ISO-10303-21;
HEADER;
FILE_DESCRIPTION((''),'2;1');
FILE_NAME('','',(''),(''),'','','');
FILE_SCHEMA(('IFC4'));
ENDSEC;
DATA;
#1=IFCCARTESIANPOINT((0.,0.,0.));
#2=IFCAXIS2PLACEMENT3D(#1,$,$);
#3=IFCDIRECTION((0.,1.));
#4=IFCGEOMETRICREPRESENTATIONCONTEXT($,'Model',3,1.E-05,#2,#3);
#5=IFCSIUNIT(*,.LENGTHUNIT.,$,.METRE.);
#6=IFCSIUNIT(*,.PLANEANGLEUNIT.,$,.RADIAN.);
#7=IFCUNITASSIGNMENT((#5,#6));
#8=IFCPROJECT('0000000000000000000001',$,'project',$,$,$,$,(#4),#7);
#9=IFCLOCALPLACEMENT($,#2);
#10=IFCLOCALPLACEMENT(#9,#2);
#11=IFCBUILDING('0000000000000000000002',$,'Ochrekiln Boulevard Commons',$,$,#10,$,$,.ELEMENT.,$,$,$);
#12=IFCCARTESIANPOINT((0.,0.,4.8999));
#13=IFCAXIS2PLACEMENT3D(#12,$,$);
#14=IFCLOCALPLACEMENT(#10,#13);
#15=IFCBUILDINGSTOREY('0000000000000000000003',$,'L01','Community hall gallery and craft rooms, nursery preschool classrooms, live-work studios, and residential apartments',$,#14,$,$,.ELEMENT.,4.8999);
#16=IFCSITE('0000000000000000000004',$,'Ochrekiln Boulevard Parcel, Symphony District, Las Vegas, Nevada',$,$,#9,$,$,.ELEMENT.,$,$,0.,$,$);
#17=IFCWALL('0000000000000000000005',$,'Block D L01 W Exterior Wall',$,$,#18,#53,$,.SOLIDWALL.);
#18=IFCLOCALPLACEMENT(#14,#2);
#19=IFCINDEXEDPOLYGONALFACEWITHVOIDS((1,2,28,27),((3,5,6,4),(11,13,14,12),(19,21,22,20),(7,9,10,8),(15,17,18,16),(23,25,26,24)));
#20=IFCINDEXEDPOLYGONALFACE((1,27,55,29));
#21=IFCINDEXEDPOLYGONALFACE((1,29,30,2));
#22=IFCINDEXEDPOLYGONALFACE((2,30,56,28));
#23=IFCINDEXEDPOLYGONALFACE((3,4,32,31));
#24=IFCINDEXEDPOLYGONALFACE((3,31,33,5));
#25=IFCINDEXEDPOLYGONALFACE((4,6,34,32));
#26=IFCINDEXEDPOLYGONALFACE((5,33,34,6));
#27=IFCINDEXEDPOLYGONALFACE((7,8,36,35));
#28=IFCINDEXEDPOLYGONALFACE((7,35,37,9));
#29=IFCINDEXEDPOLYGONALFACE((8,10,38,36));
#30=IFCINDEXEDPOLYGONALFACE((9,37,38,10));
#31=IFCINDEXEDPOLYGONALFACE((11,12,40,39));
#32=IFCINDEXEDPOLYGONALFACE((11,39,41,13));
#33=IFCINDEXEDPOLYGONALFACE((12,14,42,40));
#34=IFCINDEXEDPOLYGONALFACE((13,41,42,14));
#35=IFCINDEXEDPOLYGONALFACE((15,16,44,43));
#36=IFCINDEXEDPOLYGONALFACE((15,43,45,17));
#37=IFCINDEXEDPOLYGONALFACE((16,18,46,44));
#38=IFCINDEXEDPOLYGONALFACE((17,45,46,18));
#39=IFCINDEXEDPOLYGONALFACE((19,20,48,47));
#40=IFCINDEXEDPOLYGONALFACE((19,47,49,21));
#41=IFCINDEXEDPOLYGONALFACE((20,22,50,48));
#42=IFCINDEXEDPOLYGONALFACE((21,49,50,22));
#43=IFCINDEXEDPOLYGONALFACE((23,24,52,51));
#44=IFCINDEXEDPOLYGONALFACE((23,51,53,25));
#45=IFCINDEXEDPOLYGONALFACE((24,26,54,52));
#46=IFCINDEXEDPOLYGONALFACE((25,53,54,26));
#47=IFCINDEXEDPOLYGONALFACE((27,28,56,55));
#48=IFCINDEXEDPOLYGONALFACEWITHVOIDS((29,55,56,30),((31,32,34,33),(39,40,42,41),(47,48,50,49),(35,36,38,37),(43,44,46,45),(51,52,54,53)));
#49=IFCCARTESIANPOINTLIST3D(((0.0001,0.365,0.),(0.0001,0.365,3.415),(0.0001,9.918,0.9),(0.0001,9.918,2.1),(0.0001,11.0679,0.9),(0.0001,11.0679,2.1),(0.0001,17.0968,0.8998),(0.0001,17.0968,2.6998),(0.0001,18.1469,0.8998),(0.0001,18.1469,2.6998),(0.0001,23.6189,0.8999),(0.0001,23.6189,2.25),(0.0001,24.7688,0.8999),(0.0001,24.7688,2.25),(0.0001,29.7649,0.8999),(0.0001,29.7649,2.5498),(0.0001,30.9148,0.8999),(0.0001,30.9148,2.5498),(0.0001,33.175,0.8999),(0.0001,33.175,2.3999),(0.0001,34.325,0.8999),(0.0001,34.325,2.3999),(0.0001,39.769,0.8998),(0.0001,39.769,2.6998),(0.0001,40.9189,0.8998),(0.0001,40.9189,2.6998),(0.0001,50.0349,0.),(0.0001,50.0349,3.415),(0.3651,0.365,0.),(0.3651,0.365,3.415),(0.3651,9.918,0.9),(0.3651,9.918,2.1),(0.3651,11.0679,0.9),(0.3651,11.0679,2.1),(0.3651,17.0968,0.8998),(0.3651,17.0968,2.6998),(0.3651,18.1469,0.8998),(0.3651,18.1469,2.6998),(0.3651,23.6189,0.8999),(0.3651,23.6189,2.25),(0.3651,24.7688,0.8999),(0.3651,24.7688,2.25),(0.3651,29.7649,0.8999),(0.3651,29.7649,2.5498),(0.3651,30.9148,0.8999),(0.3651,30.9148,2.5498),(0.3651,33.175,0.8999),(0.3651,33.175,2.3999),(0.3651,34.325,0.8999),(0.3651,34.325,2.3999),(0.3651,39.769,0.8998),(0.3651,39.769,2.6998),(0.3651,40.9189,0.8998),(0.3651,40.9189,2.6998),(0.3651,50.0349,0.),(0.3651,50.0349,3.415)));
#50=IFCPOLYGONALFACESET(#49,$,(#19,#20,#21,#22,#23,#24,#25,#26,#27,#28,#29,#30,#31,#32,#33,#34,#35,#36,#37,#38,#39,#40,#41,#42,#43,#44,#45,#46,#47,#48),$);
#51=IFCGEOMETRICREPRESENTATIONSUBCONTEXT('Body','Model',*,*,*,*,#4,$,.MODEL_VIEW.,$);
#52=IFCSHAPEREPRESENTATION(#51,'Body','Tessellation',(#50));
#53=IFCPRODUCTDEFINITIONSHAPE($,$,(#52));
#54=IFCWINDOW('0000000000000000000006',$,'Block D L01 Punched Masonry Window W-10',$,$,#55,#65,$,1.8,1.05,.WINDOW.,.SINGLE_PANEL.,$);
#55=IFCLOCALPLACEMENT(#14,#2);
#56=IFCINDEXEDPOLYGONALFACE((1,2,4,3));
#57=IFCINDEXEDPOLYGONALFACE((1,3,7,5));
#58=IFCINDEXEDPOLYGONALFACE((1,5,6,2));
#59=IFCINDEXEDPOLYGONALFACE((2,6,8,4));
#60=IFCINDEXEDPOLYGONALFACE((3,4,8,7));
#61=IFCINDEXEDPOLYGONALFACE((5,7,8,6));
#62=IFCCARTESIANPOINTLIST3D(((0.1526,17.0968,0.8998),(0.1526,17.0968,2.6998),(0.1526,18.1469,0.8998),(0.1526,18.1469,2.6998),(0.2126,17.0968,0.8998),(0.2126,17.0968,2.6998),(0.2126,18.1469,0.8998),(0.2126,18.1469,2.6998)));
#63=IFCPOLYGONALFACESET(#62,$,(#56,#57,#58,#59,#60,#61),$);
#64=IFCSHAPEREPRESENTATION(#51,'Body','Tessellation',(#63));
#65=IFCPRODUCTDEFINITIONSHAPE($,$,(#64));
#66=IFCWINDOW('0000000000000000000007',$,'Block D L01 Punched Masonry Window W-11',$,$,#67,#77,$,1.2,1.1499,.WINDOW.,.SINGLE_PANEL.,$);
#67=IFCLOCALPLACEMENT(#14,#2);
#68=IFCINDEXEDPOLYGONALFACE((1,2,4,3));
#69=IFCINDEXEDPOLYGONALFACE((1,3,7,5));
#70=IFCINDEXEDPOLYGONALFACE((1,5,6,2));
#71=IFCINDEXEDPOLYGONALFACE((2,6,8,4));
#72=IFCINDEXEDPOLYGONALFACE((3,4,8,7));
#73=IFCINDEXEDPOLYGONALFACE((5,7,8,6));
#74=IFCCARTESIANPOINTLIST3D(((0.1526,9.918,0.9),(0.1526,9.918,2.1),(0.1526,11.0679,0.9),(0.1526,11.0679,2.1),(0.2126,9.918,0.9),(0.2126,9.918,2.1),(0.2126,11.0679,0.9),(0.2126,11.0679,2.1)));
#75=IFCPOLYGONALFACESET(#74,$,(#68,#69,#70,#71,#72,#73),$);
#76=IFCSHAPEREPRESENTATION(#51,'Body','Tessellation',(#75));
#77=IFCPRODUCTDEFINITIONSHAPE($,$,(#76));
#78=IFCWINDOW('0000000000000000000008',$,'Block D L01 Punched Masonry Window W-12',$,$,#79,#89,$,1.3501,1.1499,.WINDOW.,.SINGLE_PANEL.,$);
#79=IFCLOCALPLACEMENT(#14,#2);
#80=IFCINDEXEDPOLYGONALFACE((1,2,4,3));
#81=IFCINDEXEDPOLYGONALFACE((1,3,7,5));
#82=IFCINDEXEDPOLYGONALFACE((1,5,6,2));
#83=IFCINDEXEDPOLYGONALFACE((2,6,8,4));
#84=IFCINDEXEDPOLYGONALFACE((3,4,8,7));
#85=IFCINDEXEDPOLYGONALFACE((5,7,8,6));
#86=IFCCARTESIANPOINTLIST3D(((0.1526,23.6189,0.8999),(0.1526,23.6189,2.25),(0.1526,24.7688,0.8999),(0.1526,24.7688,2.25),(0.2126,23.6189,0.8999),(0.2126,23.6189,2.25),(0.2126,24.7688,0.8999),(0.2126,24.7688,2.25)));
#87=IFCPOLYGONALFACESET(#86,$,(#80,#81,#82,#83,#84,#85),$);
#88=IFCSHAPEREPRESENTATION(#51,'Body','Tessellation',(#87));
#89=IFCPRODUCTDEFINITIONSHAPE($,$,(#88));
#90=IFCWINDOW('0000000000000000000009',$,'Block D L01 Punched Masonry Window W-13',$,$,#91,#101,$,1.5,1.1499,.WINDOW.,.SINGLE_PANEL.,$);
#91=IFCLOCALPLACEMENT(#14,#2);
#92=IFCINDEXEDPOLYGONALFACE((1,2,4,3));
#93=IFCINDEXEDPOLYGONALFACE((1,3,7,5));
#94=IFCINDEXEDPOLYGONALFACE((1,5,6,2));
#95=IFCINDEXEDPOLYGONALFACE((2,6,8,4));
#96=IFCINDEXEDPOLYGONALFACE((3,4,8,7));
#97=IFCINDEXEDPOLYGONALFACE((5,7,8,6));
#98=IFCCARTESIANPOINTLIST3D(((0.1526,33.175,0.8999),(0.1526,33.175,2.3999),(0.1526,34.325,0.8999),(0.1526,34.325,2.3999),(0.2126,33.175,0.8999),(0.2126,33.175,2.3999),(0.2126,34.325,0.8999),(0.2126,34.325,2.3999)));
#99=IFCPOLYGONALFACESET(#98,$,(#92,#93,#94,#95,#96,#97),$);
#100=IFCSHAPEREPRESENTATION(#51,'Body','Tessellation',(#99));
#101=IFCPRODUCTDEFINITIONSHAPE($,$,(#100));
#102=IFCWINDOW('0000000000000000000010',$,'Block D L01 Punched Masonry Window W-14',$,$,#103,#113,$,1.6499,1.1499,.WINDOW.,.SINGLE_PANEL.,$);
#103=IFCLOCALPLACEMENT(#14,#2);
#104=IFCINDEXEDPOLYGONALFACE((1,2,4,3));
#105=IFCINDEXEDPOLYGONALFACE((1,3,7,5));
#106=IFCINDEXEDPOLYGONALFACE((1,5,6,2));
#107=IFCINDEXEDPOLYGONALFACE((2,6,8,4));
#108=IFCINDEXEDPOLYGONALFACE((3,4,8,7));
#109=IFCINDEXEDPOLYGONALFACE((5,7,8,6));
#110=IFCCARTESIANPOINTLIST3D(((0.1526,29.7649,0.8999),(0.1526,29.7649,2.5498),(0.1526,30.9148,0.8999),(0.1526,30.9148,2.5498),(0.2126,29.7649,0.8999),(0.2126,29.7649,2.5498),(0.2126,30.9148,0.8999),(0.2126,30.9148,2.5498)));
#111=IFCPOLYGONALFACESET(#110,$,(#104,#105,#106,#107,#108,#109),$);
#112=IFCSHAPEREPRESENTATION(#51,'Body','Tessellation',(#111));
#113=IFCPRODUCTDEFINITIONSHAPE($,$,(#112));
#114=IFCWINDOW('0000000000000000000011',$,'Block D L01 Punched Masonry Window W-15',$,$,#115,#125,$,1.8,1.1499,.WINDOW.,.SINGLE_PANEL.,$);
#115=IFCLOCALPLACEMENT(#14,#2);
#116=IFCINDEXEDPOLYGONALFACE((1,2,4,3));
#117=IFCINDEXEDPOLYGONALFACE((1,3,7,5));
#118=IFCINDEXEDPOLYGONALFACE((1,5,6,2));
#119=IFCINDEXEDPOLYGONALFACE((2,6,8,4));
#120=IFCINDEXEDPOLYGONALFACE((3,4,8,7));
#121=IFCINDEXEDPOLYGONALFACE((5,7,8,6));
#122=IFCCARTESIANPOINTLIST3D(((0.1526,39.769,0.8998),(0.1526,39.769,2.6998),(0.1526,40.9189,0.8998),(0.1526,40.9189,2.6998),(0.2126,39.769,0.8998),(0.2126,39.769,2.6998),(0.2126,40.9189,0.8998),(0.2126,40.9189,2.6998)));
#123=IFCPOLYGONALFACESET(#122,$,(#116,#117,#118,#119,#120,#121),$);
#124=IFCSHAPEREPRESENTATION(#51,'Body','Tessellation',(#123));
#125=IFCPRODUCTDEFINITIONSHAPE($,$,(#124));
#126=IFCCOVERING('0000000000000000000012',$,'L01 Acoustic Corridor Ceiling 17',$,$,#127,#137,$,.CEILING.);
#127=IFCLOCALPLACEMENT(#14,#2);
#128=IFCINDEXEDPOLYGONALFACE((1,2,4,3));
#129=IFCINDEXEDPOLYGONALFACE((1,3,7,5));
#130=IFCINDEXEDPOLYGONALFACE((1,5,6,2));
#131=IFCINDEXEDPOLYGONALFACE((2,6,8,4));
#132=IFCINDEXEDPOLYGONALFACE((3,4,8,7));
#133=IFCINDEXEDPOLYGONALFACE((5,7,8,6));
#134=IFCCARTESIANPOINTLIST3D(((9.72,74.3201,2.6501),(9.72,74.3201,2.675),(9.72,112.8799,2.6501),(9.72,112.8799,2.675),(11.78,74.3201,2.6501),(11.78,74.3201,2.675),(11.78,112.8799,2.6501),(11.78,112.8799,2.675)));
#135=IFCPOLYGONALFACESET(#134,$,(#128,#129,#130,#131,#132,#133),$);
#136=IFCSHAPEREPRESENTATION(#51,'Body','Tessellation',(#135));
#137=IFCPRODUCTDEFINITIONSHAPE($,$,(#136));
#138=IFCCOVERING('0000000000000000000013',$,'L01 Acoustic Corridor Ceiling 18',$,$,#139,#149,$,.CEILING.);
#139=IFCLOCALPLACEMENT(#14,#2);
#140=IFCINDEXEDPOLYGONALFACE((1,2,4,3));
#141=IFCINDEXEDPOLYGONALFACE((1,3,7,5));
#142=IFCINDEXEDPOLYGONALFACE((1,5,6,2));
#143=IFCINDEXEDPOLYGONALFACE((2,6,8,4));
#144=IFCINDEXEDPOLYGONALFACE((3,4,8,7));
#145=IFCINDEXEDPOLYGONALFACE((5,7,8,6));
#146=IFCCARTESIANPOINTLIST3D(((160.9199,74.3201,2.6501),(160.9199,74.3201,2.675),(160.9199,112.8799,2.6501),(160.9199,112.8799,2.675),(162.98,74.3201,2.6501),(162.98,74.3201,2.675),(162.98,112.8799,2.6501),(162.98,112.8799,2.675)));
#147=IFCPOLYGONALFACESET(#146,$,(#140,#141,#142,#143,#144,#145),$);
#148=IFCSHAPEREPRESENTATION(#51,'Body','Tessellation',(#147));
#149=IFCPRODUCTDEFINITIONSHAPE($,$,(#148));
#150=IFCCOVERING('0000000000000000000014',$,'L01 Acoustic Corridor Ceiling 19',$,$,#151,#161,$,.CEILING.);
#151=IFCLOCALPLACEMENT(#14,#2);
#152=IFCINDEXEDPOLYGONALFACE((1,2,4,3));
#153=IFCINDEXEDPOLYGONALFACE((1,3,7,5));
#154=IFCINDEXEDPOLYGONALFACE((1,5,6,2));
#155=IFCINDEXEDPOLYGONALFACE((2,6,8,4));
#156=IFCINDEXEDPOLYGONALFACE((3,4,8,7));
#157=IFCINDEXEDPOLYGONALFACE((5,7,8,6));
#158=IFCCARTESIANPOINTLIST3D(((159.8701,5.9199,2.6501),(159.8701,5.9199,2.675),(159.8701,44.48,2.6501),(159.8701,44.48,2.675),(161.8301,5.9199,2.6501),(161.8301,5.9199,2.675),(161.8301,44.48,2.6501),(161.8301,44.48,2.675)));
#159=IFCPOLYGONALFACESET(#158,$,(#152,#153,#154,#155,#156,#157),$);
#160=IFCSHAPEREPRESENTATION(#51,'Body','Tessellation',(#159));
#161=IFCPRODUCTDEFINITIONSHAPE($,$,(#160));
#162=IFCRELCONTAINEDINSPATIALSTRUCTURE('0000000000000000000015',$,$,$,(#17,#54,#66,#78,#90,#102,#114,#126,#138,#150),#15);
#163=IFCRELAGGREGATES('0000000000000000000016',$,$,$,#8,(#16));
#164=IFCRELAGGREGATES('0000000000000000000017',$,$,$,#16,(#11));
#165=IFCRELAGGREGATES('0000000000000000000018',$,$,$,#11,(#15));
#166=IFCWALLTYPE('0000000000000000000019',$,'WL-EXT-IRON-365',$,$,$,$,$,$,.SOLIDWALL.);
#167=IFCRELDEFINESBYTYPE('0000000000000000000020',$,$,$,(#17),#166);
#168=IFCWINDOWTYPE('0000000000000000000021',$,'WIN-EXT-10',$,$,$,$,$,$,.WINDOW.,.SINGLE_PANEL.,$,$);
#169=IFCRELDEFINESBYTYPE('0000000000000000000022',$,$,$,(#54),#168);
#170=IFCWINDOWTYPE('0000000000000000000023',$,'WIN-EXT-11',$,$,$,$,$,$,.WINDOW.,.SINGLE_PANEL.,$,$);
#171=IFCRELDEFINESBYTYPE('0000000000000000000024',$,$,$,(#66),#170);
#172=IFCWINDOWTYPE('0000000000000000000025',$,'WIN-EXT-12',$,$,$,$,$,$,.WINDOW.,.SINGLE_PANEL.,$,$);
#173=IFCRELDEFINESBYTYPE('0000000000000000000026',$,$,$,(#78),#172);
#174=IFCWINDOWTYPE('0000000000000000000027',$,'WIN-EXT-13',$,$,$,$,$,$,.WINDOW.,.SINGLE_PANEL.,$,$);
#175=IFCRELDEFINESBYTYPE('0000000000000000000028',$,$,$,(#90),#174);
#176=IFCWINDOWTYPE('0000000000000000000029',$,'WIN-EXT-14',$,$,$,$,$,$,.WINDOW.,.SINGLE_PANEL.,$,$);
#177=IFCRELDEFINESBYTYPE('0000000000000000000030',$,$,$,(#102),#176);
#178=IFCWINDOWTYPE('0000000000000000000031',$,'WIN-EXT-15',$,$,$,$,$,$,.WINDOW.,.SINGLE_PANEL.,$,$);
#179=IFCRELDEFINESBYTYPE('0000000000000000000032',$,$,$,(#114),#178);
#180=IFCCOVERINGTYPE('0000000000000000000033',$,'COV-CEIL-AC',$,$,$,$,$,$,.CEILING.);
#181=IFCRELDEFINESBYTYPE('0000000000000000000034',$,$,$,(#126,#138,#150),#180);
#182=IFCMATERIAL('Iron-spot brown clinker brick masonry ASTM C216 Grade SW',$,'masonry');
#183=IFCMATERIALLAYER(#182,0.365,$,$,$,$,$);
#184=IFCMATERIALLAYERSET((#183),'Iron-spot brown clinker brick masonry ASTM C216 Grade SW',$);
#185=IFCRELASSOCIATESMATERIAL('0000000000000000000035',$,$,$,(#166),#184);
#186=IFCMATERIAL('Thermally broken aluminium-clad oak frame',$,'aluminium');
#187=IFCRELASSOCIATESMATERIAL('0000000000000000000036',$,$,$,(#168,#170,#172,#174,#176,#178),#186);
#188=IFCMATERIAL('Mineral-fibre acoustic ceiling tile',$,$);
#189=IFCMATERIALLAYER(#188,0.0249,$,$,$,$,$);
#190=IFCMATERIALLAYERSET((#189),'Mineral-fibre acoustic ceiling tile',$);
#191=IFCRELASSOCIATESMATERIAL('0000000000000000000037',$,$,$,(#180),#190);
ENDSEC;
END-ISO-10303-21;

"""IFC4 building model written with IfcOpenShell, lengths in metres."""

from ifc_helpers import new_model, si_unit, direction, frame, frame_2d, origin, place, context, subcontext, project, spatial, polyline, rectangle, outline, extrude, material, layer, layer_set, type_object, element, fill, save


model = new_model("IFC4")

# Units and contexts
model_context = context("Model", 3, precision=1e-05, world=origin(), true_north=direction((0.0, 1.0)))
body_context = subcontext(model_context, "Body", "Model", "MODEL_VIEW")
ifc_project = project(units=[si_unit("LENGTHUNIT", "METRE"), si_unit("PLANEANGLEUNIT", "RADIAN")], contexts=[model_context])

# Site, building, storey
site_placement = place(None, origin())
site = spatial("IfcSite", under=ifc_project, at=site_placement, Name="Ochrekiln Boulevard Parcel, Symphony District, Las Vegas, Nevada", CompositionType="ELEMENT", RefElevation=0.0)
building_placement = place(site_placement, origin())
building = spatial("IfcBuilding", under=site, at=building_placement, Name="Ochrekiln Boulevard Commons", CompositionType="ELEMENT")
storey_placement = place(building_placement, frame((0.0, 0.0, 4.8999)))
storey = spatial("IfcBuildingStorey", under=building, at=storey_placement, Name="L01", Description="Community hall gallery and craft rooms, nursery preschool classrooms, live-work studios, and residential apartments", CompositionType="ELEMENT", Elevation=4.8999)

# Shared definitions
ifc_material_1 = material(Name="Iron-spot brown clinker brick masonry ASTM C216 Grade SW", Category="masonry")
ifc_layer_1 = layer(ifc_material_1, 0.365)
ifc_layer_set_1 = layer_set([ifc_layer_1], Name="Iron-spot brown clinker brick masonry ASTM C216 Grade SW")
wall_type = type_object("IfcWallType", Name="WL-EXT-IRON-365", PredefinedType="SOLIDWALL", material=ifc_layer_set_1)

# Wall, openings, windows
wall_1_placement = place(storey_placement, frame((0.1826, 0.365, 0.0), z_axis=(0.0, 0.0, 1.0), x_axis=(0.0, 1.0, 0.0)))
wall_1 = element("IfcWall", 1, at=wall_1_placement, inside=storey, type_object=wall_type, Name="Block D L01 W Exterior Wall", PredefinedType="SOLIDWALL", context=body_context, shape_type="SweptSolid", body=[
    extrude(rectangle(XDim=49.6699, YDim=0.365, at=frame_2d((24.835, 0.0))), origin(), (0.0, 0.0, 1.0), 3.415),
])
opening_1_placement = place(wall_1_placement, frame((16.7319, 0.0, 0.8999)))
opening_1 = element("IfcOpeningElement", 2, at=opening_1_placement, cuts=wall_1, PredefinedType="OPENING", context=body_context, shape_type="SweptSolid", body=[
    extrude(rectangle(XDim=1.05, YDim=1.8, at=frame_2d((0.5249, 0.8999))), frame((0.0, 0.1924, 0.0), z_axis=(0.0, -1.0, 0.0), x_axis=(1.0, 0.0, 0.0)), (0.0, 0.0, 1.0), 0.385),
])
opening_2_placement = place(wall_1_placement, frame((9.553, 0.0, 0.8999)))
opening_2 = element("IfcOpeningElement", 3, at=opening_2_placement, cuts=wall_1, PredefinedType="OPENING", context=body_context, shape_type="SweptSolid", body=[
    extrude(rectangle(XDim=1.1499, YDim=1.2, at=frame_2d((0.575, 0.6001))), frame((0.0, 0.1924, 0.0), z_axis=(0.0, -1.0, 0.0), x_axis=(1.0, 0.0, 0.0)), (0.0, 0.0, 1.0), 0.385),
])
opening_3_placement = place(wall_1_placement, frame((23.2539, 0.0, 0.8999)))
opening_3 = element("IfcOpeningElement", 4, at=opening_3_placement, cuts=wall_1, PredefinedType="OPENING", context=body_context, shape_type="SweptSolid", body=[
    extrude(rectangle(XDim=1.1499, YDim=1.3501, at=frame_2d((0.575, 0.675))), frame((0.0, 0.1924, 0.0), z_axis=(0.0, -1.0, 0.0), x_axis=(1.0, 0.0, 0.0)), (0.0, 0.0, 1.0), 0.385),
])
opening_4_placement = place(wall_1_placement, frame((32.8101, 0.0, 0.8999)))
opening_4 = element("IfcOpeningElement", 5, at=opening_4_placement, cuts=wall_1, PredefinedType="OPENING", context=body_context, shape_type="SweptSolid", body=[
    extrude(rectangle(XDim=1.1499, YDim=1.5, at=frame_2d((0.575, 0.75))), frame((0.0, 0.1924, 0.0), z_axis=(0.0, -1.0, 0.0), x_axis=(1.0, 0.0, 0.0)), (0.0, 0.0, 1.0), 0.385),
])
opening_5_placement = place(wall_1_placement, frame((29.3999, 0.0, 0.8999)))
opening_5 = element("IfcOpeningElement", 6, at=opening_5_placement, cuts=wall_1, PredefinedType="OPENING", context=body_context, shape_type="SweptSolid", body=[
    extrude(rectangle(XDim=1.1499, YDim=1.6499, at=frame_2d((0.575, 0.825))), frame((0.0, 0.1924, 0.0), z_axis=(0.0, -1.0, 0.0), x_axis=(1.0, 0.0, 0.0)), (0.0, 0.0, 1.0), 0.385),
])
opening_6_placement = place(wall_1_placement, frame((39.4041, 0.0, 0.8999)))
opening_6 = element("IfcOpeningElement", 7, at=opening_6_placement, cuts=wall_1, PredefinedType="OPENING", context=body_context, shape_type="SweptSolid", body=[
    extrude(rectangle(XDim=1.1499, YDim=1.8, at=frame_2d((0.575, 0.8999))), frame((0.0, 0.1924, 0.0), z_axis=(0.0, -1.0, 0.0), x_axis=(1.0, 0.0, 0.0)), (0.0, 0.0, 1.0), 0.385),
])
ifc_material_2 = material(Name="Thermally broken aluminium-clad oak frame", Category="aluminium")
window_type_1 = type_object("IfcWindowType", Name="WIN-EXT-10", PartitioningType="SINGLE_PANEL", PredefinedType="WINDOW", material=ifc_material_2)
window_1_placement = place(opening_1_placement, origin())
window_1 = element("IfcWindow", 8, at=window_1_placement, inside=storey, type_object=window_type_1, Name="Block D L01 Punched Masonry Window W-10", OverallHeight=1.8, OverallWidth=1.05, PartitioningType="SINGLE_PANEL", PredefinedType="WINDOW", context=body_context, shape_type="SweptSolid", body=[
    extrude(rectangle(XDim=1.05, YDim=1.8, at=frame_2d((0.5249, 0.8999))), frame((0.0, 0.03, 0.0), z_axis=(0.0, -1.0, 0.0), x_axis=(1.0, 0.0, 0.0)), (0.0, 0.0, 1.0), 0.0601),
])
fill(opening_1, window_1)
window_type_2 = type_object("IfcWindowType", Name="WIN-EXT-11", PartitioningType="SINGLE_PANEL", PredefinedType="WINDOW", material=ifc_material_2)
window_2_placement = place(opening_2_placement, origin())
window_2 = element("IfcWindow", 9, at=window_2_placement, inside=storey, type_object=window_type_2, Name="Block D L01 Punched Masonry Window W-11", OverallHeight=1.2, OverallWidth=1.1499, PartitioningType="SINGLE_PANEL", PredefinedType="WINDOW", context=body_context, shape_type="SweptSolid", body=[
    extrude(rectangle(XDim=1.1499, YDim=1.2, at=frame_2d((0.575, 0.6001))), frame((0.0, 0.03, 0.0), z_axis=(0.0, -1.0, 0.0), x_axis=(1.0, 0.0, 0.0)), (0.0, 0.0, 1.0), 0.0601),
])
fill(opening_2, window_2)
window_type_3 = type_object("IfcWindowType", Name="WIN-EXT-12", PartitioningType="SINGLE_PANEL", PredefinedType="WINDOW", material=ifc_material_2)
window_3_placement = place(opening_3_placement, origin())
window_3 = element("IfcWindow", 10, at=window_3_placement, inside=storey, type_object=window_type_3, Name="Block D L01 Punched Masonry Window W-12", OverallHeight=1.3501, OverallWidth=1.1499, PartitioningType="SINGLE_PANEL", PredefinedType="WINDOW", context=body_context, shape_type="SweptSolid", body=[
    extrude(rectangle(XDim=1.1499, YDim=1.3501, at=frame_2d((0.575, 0.675))), frame((0.0, 0.03, 0.0), z_axis=(0.0, -1.0, 0.0), x_axis=(1.0, 0.0, 0.0)), (0.0, 0.0, 1.0), 0.0601),
])
fill(opening_3, window_3)
window_type_4 = type_object("IfcWindowType", Name="WIN-EXT-13", PartitioningType="SINGLE_PANEL", PredefinedType="WINDOW", material=ifc_material_2)
window_4_placement = place(opening_4_placement, origin())
window_4 = element("IfcWindow", 11, at=window_4_placement, inside=storey, type_object=window_type_4, Name="Block D L01 Punched Masonry Window W-13", OverallHeight=1.5, OverallWidth=1.1499, PartitioningType="SINGLE_PANEL", PredefinedType="WINDOW", context=body_context, shape_type="SweptSolid", body=[
    extrude(rectangle(XDim=1.1499, YDim=1.5, at=frame_2d((0.575, 0.75))), frame((0.0, 0.03, 0.0), z_axis=(0.0, -1.0, 0.0), x_axis=(1.0, 0.0, 0.0)), (0.0, 0.0, 1.0), 0.0601),
])
fill(opening_4, window_4)
window_type_5 = type_object("IfcWindowType", Name="WIN-EXT-14", PartitioningType="SINGLE_PANEL", PredefinedType="WINDOW", material=ifc_material_2)
window_5_placement = place(opening_5_placement, origin())
window_5 = element("IfcWindow", 12, at=window_5_placement, inside=storey, type_object=window_type_5, Name="Block D L01 Punched Masonry Window W-14", OverallHeight=1.6499, OverallWidth=1.1499, PartitioningType="SINGLE_PANEL", PredefinedType="WINDOW", context=body_context, shape_type="SweptSolid", body=[
    extrude(rectangle(XDim=1.1499, YDim=1.6499, at=frame_2d((0.575, 0.825))), frame((0.0, 0.03, 0.0), z_axis=(0.0, -1.0, 0.0), x_axis=(1.0, 0.0, 0.0)), (0.0, 0.0, 1.0), 0.0601),
])
fill(opening_5, window_5)
window_type_6 = type_object("IfcWindowType", Name="WIN-EXT-15", PartitioningType="SINGLE_PANEL", PredefinedType="WINDOW", material=ifc_material_2)
window_6_placement = place(opening_6_placement, origin())
window_6 = element("IfcWindow", 13, at=window_6_placement, inside=storey, type_object=window_type_6, Name="Block D L01 Punched Masonry Window W-15", OverallHeight=1.8, OverallWidth=1.1499, PartitioningType="SINGLE_PANEL", PredefinedType="WINDOW", context=body_context, shape_type="SweptSolid", body=[
    extrude(rectangle(XDim=1.1499, YDim=1.8, at=frame_2d((0.575, 0.8999))), frame((0.0, 0.03, 0.0), z_axis=(0.0, -1.0, 0.0), x_axis=(1.0, 0.0, 0.0)), (0.0, 0.0, 1.0), 0.0601),
])
fill(opening_6, window_6)

# Coverings
ifc_material_3 = material(Name="Mineral-fibre acoustic ceiling tile")
ifc_layer_2 = layer(ifc_material_3, 0.0249)
ifc_layer_set_2 = layer_set([ifc_layer_2], Name="Mineral-fibre acoustic ceiling tile")
covering_type = type_object("IfcCoveringType", Name="COV-CEIL-AC", PredefinedType="CEILING", material=ifc_layer_set_2)
covering_1_placement = place(storey_placement, frame((0.0, 0.0, 2.6501)))
element("IfcCovering", 14, at=covering_1_placement, inside=storey, type_object=covering_type, Name="L01 Acoustic Corridor Ceiling 17", PredefinedType="CEILING", context=body_context, shape_type="SweptSolid", body=[
    extrude(outline(polyline([(9.72, 74.3201), (11.78, 74.3201), (11.78, 112.8799), (9.72, 112.8799), (9.72, 74.3201)])), origin(), (0.0, 0.0, 1.0), 0.0249),
])
covering_2_placement = place(storey_placement, frame((0.0, 0.0, 2.6501)))
element("IfcCovering", 15, at=covering_2_placement, inside=storey, type_object=covering_type, Name="L01 Acoustic Corridor Ceiling 18", PredefinedType="CEILING", context=body_context, shape_type="SweptSolid", body=[
    extrude(outline(polyline([(160.9199, 74.3201), (162.98, 74.3201), (162.98, 112.8799), (160.9199, 112.8799), (160.9199, 74.3201)])), origin(), (0.0, 0.0, 1.0), 0.0249),
])
covering_3_placement = place(storey_placement, frame((0.0, 0.0, 2.6501)))
element("IfcCovering", 16, at=covering_3_placement, inside=storey, type_object=covering_type, Name="L01 Acoustic Corridor Ceiling 19", PredefinedType="CEILING", context=body_context, shape_type="SweptSolid", body=[
    extrude(outline(polyline([(159.8701, 5.9199), (161.8301, 5.9199), (161.8301, 44.48), (159.8701, 44.48), (159.8701, 5.9199)])), origin(), (0.0, 0.0, 1.0), 0.0249),
])

save(model, "model.ifc")
